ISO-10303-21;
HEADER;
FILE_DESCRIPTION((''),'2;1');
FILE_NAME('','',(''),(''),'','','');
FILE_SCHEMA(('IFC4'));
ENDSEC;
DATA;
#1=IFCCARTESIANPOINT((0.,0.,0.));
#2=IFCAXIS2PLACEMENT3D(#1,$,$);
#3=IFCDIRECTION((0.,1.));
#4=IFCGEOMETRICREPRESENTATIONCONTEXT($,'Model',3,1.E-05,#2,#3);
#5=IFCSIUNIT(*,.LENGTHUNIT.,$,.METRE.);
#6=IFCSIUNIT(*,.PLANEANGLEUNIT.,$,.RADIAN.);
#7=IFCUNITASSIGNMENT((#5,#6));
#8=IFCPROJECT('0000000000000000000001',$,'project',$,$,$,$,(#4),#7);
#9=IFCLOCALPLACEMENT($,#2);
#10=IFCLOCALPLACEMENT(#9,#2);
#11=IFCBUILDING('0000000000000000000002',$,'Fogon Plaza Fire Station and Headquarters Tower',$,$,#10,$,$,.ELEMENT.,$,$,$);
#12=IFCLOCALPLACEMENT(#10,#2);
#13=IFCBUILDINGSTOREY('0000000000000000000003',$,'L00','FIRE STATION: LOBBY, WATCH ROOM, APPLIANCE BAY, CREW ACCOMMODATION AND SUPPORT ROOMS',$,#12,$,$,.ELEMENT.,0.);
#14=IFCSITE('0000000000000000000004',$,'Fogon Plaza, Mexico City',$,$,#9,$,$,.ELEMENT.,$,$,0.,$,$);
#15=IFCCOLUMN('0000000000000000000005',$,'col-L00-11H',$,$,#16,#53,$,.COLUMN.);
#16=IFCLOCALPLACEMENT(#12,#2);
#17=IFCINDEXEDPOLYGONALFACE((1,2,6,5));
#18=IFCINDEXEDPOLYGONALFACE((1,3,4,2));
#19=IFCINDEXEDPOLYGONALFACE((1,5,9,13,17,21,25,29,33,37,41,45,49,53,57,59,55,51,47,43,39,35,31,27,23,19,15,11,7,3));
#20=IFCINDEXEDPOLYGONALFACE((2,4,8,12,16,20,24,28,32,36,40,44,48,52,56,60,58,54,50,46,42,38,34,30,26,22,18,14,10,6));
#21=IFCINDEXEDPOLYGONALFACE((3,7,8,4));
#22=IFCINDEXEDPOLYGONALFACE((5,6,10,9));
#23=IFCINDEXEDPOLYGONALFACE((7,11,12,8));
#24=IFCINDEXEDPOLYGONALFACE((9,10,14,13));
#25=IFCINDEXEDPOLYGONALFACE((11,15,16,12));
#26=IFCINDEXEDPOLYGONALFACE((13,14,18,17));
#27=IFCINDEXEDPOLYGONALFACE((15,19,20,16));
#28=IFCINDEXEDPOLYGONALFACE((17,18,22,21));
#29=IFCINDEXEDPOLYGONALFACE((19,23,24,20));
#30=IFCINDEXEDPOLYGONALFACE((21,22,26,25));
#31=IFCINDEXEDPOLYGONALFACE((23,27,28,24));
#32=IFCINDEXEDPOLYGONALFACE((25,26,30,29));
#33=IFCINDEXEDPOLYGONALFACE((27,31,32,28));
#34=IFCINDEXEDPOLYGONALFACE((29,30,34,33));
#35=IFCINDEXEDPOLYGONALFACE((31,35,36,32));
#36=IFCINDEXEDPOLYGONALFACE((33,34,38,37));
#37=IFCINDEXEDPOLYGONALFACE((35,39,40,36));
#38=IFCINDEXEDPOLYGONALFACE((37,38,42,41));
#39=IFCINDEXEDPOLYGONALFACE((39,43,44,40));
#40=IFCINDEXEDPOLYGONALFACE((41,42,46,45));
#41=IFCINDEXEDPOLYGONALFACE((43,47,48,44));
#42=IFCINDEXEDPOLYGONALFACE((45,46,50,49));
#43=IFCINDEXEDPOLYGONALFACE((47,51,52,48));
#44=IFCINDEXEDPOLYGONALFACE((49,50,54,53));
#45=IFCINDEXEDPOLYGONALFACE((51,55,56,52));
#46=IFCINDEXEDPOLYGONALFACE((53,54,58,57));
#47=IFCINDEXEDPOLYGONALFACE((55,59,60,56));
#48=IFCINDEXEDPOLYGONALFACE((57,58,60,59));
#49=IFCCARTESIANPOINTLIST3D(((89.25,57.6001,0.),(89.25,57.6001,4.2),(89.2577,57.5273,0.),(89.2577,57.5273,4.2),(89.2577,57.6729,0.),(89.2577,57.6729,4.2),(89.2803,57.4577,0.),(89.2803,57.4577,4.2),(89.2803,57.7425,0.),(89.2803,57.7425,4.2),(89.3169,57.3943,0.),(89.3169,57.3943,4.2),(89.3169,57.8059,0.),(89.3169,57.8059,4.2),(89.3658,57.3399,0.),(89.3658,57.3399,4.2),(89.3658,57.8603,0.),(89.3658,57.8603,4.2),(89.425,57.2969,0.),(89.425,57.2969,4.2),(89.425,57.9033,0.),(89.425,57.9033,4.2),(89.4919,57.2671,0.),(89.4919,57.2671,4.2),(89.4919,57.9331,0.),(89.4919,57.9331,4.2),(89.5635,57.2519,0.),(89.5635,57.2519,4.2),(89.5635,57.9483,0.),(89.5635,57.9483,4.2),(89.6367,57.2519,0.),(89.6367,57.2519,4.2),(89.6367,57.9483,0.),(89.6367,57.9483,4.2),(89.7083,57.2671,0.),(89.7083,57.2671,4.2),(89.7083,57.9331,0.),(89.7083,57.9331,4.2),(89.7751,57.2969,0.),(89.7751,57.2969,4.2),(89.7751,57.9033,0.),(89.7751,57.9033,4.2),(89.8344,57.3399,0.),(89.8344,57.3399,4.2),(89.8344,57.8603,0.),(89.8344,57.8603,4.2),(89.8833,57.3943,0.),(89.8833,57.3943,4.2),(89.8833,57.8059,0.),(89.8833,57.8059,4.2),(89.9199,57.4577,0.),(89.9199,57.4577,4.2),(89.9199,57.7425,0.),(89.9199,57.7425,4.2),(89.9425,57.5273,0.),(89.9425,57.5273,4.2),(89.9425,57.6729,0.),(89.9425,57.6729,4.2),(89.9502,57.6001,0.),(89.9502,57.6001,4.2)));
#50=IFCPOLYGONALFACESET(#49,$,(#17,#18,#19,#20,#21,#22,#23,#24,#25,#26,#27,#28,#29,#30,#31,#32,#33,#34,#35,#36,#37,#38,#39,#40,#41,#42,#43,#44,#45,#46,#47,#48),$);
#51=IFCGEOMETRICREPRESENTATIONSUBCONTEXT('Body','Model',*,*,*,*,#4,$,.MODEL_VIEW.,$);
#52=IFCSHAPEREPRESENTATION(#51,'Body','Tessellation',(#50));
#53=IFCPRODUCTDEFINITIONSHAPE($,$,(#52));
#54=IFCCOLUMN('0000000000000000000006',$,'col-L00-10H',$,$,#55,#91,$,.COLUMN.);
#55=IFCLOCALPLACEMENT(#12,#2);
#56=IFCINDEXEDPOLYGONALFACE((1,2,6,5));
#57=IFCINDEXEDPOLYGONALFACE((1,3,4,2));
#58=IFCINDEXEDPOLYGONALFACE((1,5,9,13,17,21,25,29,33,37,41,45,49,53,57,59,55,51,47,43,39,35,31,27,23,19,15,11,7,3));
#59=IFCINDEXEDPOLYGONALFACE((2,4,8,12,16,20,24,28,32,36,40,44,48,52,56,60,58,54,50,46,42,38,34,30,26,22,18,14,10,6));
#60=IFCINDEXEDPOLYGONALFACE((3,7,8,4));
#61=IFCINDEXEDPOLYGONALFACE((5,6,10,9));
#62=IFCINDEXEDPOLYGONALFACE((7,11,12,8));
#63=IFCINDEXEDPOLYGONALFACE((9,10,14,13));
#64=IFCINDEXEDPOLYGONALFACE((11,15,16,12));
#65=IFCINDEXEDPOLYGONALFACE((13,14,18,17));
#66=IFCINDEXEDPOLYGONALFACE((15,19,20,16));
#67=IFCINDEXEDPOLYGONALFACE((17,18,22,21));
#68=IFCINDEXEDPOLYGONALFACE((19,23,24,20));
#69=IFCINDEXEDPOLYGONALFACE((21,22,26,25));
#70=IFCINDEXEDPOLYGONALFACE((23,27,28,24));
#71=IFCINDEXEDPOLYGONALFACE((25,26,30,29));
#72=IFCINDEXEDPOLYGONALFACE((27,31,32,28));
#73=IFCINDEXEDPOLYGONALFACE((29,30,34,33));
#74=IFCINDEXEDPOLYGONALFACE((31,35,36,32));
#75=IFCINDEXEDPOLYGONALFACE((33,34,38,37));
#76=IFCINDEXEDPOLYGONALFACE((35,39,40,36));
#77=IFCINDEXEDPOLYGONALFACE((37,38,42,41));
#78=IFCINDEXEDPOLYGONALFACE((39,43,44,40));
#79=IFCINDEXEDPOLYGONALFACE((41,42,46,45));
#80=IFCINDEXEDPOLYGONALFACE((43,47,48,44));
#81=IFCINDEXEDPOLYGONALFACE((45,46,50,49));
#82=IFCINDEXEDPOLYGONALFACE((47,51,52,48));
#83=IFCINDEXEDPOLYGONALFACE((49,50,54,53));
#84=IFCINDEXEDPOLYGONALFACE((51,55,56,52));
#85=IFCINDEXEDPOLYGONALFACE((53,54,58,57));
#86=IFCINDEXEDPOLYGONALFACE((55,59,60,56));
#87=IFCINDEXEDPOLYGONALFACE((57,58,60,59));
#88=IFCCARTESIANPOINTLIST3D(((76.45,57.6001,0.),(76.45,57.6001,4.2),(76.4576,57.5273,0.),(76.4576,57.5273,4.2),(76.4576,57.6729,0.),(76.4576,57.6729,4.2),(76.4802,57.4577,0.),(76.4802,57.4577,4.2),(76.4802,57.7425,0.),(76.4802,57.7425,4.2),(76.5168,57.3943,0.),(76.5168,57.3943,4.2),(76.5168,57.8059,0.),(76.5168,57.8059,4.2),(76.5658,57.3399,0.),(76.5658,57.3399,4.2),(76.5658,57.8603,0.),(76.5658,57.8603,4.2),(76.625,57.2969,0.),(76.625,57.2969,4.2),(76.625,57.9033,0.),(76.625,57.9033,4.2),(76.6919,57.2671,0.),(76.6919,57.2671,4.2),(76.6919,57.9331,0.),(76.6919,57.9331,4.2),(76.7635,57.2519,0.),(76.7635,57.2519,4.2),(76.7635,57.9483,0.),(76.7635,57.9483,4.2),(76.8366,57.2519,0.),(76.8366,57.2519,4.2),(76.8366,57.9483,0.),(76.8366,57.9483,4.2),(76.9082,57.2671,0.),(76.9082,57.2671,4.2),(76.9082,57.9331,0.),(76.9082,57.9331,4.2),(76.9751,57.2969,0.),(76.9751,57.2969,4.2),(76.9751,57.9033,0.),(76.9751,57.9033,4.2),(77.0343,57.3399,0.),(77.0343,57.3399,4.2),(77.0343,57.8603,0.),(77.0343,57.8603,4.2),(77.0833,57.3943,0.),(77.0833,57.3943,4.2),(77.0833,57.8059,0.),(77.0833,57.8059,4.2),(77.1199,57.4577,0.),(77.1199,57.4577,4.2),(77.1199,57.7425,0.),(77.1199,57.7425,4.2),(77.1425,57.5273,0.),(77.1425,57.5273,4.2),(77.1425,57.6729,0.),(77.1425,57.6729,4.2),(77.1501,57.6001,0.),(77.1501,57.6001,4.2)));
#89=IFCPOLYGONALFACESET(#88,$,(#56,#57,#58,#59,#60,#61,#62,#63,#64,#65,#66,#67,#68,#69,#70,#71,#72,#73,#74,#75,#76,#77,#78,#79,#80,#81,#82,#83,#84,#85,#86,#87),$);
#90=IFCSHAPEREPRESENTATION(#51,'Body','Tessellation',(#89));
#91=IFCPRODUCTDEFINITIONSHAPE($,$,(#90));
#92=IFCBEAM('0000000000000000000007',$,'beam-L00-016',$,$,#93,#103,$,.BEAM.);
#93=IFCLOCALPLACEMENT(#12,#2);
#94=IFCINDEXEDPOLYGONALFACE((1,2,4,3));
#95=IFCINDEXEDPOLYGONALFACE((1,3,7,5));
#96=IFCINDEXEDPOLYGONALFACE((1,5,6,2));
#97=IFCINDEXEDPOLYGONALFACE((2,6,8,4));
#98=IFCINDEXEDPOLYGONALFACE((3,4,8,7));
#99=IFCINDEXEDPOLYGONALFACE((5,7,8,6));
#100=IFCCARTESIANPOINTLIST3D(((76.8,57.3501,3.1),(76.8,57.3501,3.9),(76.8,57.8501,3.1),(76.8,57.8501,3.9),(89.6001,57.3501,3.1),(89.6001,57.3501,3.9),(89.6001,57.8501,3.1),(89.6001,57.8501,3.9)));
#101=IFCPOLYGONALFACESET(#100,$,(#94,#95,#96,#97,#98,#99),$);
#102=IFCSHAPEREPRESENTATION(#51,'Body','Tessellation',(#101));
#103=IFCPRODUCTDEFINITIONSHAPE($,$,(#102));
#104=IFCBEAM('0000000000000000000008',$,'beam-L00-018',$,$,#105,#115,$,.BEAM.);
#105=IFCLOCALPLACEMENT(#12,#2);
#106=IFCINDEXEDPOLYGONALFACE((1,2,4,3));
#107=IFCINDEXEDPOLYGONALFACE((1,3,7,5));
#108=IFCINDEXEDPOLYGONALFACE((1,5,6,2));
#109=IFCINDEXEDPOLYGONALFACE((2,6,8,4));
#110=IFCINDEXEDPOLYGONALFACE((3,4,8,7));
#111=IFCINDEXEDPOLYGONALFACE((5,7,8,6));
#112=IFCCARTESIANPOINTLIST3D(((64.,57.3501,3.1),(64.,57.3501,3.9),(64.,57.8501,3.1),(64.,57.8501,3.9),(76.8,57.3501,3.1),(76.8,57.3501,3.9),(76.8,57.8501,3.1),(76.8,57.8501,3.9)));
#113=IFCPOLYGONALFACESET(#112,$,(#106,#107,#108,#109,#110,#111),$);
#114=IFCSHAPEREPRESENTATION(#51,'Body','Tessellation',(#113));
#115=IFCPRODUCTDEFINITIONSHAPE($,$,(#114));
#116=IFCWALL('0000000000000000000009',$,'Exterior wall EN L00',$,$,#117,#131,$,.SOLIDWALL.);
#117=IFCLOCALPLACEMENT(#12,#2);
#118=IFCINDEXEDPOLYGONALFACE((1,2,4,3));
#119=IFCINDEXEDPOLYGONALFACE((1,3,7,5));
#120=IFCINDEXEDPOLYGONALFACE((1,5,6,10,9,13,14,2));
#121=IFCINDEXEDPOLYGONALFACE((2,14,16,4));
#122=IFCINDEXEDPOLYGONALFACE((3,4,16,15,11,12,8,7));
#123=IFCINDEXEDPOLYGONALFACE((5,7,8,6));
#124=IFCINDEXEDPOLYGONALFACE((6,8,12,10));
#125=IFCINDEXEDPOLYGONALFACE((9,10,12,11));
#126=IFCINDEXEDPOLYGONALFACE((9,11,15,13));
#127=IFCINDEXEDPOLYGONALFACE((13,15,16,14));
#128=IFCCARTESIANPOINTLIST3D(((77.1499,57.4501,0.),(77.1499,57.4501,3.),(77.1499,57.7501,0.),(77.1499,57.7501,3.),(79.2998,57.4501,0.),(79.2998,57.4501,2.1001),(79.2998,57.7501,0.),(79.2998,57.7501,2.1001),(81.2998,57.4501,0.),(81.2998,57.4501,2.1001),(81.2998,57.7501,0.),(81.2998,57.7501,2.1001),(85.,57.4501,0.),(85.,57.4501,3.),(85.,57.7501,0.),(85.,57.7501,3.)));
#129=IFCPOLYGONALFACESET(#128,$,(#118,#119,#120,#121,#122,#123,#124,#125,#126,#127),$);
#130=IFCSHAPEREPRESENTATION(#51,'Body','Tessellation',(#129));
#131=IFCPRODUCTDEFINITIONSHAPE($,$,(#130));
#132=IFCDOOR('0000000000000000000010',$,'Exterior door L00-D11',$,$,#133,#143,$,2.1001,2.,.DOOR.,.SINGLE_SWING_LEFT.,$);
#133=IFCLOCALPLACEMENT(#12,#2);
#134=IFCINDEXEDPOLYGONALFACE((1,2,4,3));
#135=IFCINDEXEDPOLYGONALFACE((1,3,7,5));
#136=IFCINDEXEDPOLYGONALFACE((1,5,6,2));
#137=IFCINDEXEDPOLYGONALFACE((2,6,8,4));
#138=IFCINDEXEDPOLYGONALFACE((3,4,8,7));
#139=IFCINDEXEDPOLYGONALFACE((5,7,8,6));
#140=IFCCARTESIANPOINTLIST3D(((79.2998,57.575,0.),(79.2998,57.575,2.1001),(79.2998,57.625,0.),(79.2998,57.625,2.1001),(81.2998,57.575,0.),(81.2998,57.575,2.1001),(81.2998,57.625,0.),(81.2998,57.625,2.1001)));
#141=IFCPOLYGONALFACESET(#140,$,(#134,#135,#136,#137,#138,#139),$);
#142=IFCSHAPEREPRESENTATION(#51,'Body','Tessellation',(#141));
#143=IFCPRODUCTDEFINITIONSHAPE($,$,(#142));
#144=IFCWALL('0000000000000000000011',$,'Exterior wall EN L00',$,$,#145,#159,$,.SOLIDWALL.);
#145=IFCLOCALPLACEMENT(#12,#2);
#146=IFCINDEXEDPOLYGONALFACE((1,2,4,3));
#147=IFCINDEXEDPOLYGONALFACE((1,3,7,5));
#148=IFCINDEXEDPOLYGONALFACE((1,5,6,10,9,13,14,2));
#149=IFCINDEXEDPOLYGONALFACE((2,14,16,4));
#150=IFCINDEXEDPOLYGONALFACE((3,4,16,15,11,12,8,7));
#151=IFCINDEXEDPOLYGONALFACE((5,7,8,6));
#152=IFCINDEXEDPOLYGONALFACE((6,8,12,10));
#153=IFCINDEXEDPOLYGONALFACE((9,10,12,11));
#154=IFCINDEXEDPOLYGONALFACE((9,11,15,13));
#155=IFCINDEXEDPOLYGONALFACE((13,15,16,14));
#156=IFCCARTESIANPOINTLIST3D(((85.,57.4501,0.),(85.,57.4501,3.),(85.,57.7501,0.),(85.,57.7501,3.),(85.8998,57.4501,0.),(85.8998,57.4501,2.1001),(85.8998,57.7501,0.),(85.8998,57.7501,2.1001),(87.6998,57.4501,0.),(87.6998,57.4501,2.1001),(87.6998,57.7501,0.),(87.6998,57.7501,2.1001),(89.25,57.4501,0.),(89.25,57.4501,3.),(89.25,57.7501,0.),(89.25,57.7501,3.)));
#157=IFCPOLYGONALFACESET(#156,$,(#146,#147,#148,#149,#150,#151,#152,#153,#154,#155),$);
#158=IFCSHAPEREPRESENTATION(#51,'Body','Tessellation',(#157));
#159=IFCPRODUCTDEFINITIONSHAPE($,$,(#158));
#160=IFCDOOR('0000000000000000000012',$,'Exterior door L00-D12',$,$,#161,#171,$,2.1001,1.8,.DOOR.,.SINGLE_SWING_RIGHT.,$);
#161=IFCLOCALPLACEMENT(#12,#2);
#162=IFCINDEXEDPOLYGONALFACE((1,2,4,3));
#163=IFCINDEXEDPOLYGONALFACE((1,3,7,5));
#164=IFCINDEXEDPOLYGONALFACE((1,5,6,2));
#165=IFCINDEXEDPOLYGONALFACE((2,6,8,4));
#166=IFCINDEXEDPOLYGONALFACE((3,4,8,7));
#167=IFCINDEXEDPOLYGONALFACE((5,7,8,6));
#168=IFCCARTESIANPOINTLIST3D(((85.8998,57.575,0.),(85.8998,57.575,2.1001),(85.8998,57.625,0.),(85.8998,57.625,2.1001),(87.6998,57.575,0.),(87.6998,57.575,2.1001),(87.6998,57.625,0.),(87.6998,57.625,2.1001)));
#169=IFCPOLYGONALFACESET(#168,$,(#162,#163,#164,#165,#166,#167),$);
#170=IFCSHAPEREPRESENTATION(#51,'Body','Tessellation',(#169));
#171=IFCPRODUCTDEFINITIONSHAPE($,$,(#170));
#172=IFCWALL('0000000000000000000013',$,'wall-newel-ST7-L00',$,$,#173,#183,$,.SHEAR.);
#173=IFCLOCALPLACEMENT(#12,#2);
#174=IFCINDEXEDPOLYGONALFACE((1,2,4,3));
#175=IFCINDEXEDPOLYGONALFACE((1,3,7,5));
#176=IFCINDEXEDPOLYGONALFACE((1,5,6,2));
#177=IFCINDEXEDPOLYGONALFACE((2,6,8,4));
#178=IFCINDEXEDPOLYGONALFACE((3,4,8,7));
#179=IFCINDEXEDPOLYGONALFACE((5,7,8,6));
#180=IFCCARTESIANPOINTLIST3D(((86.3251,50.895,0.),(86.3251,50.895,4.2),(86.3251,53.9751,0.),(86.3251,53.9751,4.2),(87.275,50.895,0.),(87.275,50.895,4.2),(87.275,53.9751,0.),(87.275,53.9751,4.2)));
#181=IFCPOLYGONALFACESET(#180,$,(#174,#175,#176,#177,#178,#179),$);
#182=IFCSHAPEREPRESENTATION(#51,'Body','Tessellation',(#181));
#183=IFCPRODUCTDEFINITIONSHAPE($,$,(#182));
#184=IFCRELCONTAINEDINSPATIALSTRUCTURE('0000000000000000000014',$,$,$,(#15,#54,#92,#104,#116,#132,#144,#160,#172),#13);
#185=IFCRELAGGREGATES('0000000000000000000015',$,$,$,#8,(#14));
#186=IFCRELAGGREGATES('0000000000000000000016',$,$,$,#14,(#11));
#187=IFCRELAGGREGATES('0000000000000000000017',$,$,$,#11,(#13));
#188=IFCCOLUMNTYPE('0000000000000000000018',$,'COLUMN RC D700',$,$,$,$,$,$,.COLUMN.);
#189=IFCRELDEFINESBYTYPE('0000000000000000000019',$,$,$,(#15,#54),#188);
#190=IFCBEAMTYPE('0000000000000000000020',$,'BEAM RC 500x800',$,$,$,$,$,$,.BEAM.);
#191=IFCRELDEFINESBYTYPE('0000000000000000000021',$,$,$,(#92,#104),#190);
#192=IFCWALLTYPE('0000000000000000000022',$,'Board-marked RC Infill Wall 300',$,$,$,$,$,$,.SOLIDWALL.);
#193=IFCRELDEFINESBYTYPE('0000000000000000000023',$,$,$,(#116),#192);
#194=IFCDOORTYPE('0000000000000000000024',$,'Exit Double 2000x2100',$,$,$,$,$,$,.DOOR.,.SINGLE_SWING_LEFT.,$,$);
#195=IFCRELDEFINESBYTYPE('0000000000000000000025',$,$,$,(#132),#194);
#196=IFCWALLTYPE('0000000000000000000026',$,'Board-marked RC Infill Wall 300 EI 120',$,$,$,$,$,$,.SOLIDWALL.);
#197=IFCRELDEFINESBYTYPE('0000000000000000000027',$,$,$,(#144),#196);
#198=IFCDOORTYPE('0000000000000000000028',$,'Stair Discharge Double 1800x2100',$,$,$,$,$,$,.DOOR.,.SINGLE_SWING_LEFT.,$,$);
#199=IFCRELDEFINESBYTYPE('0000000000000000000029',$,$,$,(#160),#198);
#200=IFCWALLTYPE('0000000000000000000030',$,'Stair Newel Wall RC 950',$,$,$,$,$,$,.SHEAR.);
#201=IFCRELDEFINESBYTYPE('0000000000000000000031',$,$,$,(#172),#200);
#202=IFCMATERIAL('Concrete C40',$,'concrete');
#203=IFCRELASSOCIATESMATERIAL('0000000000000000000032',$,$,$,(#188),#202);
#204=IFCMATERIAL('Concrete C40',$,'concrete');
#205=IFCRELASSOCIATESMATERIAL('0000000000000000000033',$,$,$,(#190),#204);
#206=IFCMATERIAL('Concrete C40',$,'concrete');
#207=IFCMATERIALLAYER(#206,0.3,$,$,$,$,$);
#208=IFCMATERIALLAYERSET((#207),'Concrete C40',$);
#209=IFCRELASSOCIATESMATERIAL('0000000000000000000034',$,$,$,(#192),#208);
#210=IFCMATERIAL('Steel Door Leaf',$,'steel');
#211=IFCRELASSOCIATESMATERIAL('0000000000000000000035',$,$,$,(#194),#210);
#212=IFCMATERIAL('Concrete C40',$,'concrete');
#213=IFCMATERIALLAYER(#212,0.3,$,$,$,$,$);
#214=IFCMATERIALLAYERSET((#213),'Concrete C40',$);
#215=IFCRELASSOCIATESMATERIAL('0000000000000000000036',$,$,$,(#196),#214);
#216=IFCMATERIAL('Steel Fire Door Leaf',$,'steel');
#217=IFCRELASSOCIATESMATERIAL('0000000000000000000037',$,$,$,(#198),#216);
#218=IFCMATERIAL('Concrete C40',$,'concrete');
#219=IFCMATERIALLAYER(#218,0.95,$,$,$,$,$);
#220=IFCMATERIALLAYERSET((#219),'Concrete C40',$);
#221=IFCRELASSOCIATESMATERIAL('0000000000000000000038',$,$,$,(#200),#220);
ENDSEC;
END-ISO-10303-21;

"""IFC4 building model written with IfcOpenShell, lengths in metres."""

from ifc_helpers import new_model, si_unit, direction, frame, frame_2d, origin, origin_2d, place, context, subcontext, project, spatial, rectangle, circle, extrude, material, layer, layer_set, material_profile, profile_set, type_object, element, fill, save


model = new_model("IFC4")

# Units and contexts
model_context = context("Model", 3, precision=1e-05, world=origin(), true_north=direction((0.0, 1.0)))
body_context = subcontext(model_context, "Body", "Model", "MODEL_VIEW")
ifc_project = project(units=[si_unit("LENGTHUNIT", "METRE"), si_unit("PLANEANGLEUNIT", "RADIAN")], contexts=[model_context])

# Site, building, storey
site_placement = place(None, origin())
site = spatial("IfcSite", under=ifc_project, at=site_placement, Name="Fogon Plaza, Mexico City", CompositionType="ELEMENT", RefElevation=0.0)
building_placement = place(site_placement, origin())
building = spatial("IfcBuilding", under=site, at=building_placement, Name="Fogon Plaza Fire Station and Headquarters Tower", CompositionType="ELEMENT")
storey_placement = place(building_placement, origin())
storey = spatial("IfcBuildingStorey", under=building, at=storey_placement, Name="L00", Description="FIRE STATION: LOBBY, WATCH ROOM, APPLIANCE BAY, CREW ACCOMMODATION AND SUPPORT ROOMS", CompositionType="ELEMENT", Elevation=0.0)

# Columns
ifc_material_1 = material(Name="Concrete C40", Category="concrete")
ifc_material_profile_1 = material_profile(ifc_material_1, circle(Radius=0.3501, at=origin_2d()), Name="RC D700")
ifc_profile_set_1 = profile_set([ifc_material_profile_1], Name="Concrete C40")
column_type = type_object("IfcColumnType", Name="COLUMN RC D700", PredefinedType="COLUMN", material=ifc_profile_set_1)
for number, where, z_axis, x_axis, name in (
    (1, (89.6001, 57.6001, 0.0), (0.0, 0.0, 1.0), (1.0, 0.0, 0.0), "col-L00-11H"),
    (2, (76.8, 57.6001, 0.0), (0.0, 0.0, 1.0), (1.0, 0.0, 0.0), "col-L00-10H"),
):
    element("IfcColumn", number, at=place(storey_placement, frame(where, z_axis=z_axis, x_axis=x_axis)), inside=storey, type_object=column_type, Name=name, PredefinedType="COLUMN", context=body_context, shape_type="SweptSolid", body=[
        extrude(circle(Radius=0.3501, at=origin_2d()), origin(), (0.0, 0.0, 1.0), 4.2),
    ])

# Beams
ifc_material_2 = material(Name="Concrete C40", Category="concrete")
ifc_material_profile_2 = material_profile(ifc_material_2, rectangle(XDim=0.5, YDim=0.8, at=origin_2d()), Name="RC 500x800")
ifc_profile_set_2 = profile_set([ifc_material_profile_2], Name="Concrete C40")
beam_type = type_object("IfcBeamType", Name="BEAM RC 500x800", PredefinedType="BEAM", material=ifc_profile_set_2)
for number, where, z_axis, x_axis, name in (
    (3, (89.6001, 57.6001, 3.5), (-1.0, 0.0, 0.0), (0.0, -1.0, 0.0), "beam-L00-016"),
    (4, (76.8, 57.6001, 3.5), (-1.0, 0.0, 0.0), (0.0, -1.0, 0.0), "beam-L00-018"),
):
    element("IfcBeam", number, at=place(storey_placement, frame(where, z_axis=z_axis, x_axis=x_axis)), inside=storey, type_object=beam_type, Name=name, PredefinedType="BEAM", context=body_context, shape_type="SweptSolid", body=[
        extrude(rectangle(XDim=0.5, YDim=0.8, at=origin_2d()), origin(), (0.0, 0.0, 1.0), 12.8),
    ])

# Walls, openings, doors
ifc_material_3 = material(Name="Concrete C40", Category="concrete")
ifc_layer_1 = layer(ifc_material_3, 0.3)
ifc_layer_set_1 = layer_set([ifc_layer_1], Name="Concrete C40")
wall_type_1 = type_object("IfcWallType", Name="Board-marked RC Infill Wall 300", PredefinedType="SOLIDWALL", material=ifc_layer_set_1)
wall_1_placement = place(storey_placement, frame((77.1499, 57.6001, 0.0), z_axis=(0.0, 0.0, 1.0), x_axis=(1.0, 0.0, 0.0)))
wall_1 = element("IfcWall", 5, at=wall_1_placement, inside=storey, type_object=wall_type_1, Name="Exterior wall EN L00", PredefinedType="SOLIDWALL", context=body_context, shape_type="SweptSolid", body=[
    extrude(rectangle(XDim=7.8501, YDim=0.3, at=frame_2d((3.925, 0.0))), origin(), (0.0, 0.0, 1.0), 3.0),
])
opening_1_placement = place(wall_1_placement, frame((2.1499, 0.0, 0.0)))
opening_1 = element("IfcOpeningElement", 6, at=opening_1_placement, cuts=wall_1, PredefinedType="OPENING", context=body_context, shape_type="SweptSolid", body=[
    extrude(rectangle(XDim=2.0, YDim=2.1001, at=frame_2d((1.0, 1.05))), frame((0.0, 0.1599, 0.0), z_axis=(0.0, -1.0, 0.0), x_axis=(1.0, 0.0, 0.0)), (0.0, 0.0, 1.0), 0.3201),
])
ifc_material_4 = material(Name="Steel Door Leaf", Category="steel")
door_type_1 = type_object("IfcDoorType", Name="Exit Double 2000x2100", OperationType="SINGLE_SWING_LEFT", PredefinedType="DOOR", material=ifc_material_4)
door_1_placement = place(opening_1_placement, origin())
door_1 = element("IfcDoor", 7, at=door_1_placement, inside=storey, type_object=door_type_1, Name="Exterior door L00-D11", OperationType="SINGLE_SWING_LEFT", OverallHeight=2.1001, OverallWidth=2.0, PredefinedType="DOOR", context=body_context, shape_type="SweptSolid", body=[
    extrude(rectangle(XDim=2.0, YDim=2.1001, at=frame_2d((1.0, 1.05))), frame((0.0, 0.0249, 0.0), z_axis=(0.0, -1.0, 0.0), x_axis=(1.0, 0.0, 0.0)), (0.0, 0.0, 1.0), 0.05),
])
fill(opening_1, door_1)
ifc_material_5 = material(Name="Concrete C40", Category="concrete")
ifc_layer_2 = layer(ifc_material_5, 0.3)
ifc_layer_set_2 = layer_set([ifc_layer_2], Name="Concrete C40")
wall_type_2 = type_object("IfcWallType", Name="Board-marked RC Infill Wall 300 EI 120", PredefinedType="SOLIDWALL", material=ifc_layer_set_2)
wall_2_placement = place(storey_placement, frame((85.0, 57.6001, 0.0), z_axis=(0.0, 0.0, 1.0), x_axis=(1.0, 0.0, 0.0)))
wall_2 = element("IfcWall", 8, at=wall_2_placement, inside=storey, type_object=wall_type_2, Name="Exterior wall EN L00", PredefinedType="SOLIDWALL", context=body_context, shape_type="SweptSolid", body=[
    extrude(rectangle(XDim=4.25, YDim=0.3, at=frame_2d((2.125, 0.0))), origin(), (0.0, 0.0, 1.0), 3.0),
])
opening_2_placement = place(wall_2_placement, frame((0.8999, 0.0, 0.0)))
opening_2 = element("IfcOpeningElement", 9, at=opening_2_placement, cuts=wall_2, PredefinedType="OPENING", context=body_context, shape_type="SweptSolid", body=[
    extrude(rectangle(XDim=1.8, YDim=2.1001, at=frame_2d((0.8999, 1.05))), frame((0.0, 0.1599, 0.0), z_axis=(0.0, -1.0, 0.0), x_axis=(1.0, 0.0, 0.0)), (0.0, 0.0, 1.0), 0.3201),
])
ifc_material_6 = material(Name="Steel Fire Door Leaf", Category="steel")
door_type_2 = type_object("IfcDoorType", Name="Stair Discharge Double 1800x2100", OperationType="SINGLE_SWING_LEFT", PredefinedType="DOOR", material=ifc_material_6)
door_2_placement = place(opening_2_placement, origin())
door_2 = element("IfcDoor", 10, at=door_2_placement, inside=storey, type_object=door_type_2, Name="Exterior door L00-D12", OperationType="SINGLE_SWING_RIGHT", OverallHeight=2.1001, OverallWidth=1.8, PredefinedType="DOOR", context=body_context, shape_type="SweptSolid", body=[
    extrude(rectangle(XDim=1.8, YDim=2.1001, at=frame_2d((0.8999, 1.05))), frame((0.0, 0.0249, 0.0), z_axis=(0.0, -1.0, 0.0), x_axis=(1.0, 0.0, 0.0)), (0.0, 0.0, 1.0), 0.05),
])
fill(opening_2, door_2)

# Wall
ifc_material_7 = material(Name="Concrete C40", Category="concrete")
ifc_layer_3 = layer(ifc_material_7, 0.95)
ifc_layer_set_3 = layer_set([ifc_layer_3], Name="Concrete C40")
wall_type_3 = type_object("IfcWallType", Name="Stair Newel Wall RC 950", PredefinedType="SHEAR", material=ifc_layer_set_3)
wall_3_placement = place(storey_placement, frame((86.8, 53.9751, 0.0), z_axis=(0.0, 0.0, 1.0), x_axis=(0.0, -1.0, 0.0)))
element("IfcWall", 11, at=wall_3_placement, inside=storey, type_object=wall_type_3, Name="wall-newel-ST7-L00", PredefinedType="SHEAR", context=body_context, shape_type="SweptSolid", body=[
    extrude(rectangle(XDim=3.0801, YDim=0.95, at=frame_2d((1.54, 0.0))), origin(), (0.0, 0.0, 1.0), 4.2),
])

save(model, "model.ifc")
